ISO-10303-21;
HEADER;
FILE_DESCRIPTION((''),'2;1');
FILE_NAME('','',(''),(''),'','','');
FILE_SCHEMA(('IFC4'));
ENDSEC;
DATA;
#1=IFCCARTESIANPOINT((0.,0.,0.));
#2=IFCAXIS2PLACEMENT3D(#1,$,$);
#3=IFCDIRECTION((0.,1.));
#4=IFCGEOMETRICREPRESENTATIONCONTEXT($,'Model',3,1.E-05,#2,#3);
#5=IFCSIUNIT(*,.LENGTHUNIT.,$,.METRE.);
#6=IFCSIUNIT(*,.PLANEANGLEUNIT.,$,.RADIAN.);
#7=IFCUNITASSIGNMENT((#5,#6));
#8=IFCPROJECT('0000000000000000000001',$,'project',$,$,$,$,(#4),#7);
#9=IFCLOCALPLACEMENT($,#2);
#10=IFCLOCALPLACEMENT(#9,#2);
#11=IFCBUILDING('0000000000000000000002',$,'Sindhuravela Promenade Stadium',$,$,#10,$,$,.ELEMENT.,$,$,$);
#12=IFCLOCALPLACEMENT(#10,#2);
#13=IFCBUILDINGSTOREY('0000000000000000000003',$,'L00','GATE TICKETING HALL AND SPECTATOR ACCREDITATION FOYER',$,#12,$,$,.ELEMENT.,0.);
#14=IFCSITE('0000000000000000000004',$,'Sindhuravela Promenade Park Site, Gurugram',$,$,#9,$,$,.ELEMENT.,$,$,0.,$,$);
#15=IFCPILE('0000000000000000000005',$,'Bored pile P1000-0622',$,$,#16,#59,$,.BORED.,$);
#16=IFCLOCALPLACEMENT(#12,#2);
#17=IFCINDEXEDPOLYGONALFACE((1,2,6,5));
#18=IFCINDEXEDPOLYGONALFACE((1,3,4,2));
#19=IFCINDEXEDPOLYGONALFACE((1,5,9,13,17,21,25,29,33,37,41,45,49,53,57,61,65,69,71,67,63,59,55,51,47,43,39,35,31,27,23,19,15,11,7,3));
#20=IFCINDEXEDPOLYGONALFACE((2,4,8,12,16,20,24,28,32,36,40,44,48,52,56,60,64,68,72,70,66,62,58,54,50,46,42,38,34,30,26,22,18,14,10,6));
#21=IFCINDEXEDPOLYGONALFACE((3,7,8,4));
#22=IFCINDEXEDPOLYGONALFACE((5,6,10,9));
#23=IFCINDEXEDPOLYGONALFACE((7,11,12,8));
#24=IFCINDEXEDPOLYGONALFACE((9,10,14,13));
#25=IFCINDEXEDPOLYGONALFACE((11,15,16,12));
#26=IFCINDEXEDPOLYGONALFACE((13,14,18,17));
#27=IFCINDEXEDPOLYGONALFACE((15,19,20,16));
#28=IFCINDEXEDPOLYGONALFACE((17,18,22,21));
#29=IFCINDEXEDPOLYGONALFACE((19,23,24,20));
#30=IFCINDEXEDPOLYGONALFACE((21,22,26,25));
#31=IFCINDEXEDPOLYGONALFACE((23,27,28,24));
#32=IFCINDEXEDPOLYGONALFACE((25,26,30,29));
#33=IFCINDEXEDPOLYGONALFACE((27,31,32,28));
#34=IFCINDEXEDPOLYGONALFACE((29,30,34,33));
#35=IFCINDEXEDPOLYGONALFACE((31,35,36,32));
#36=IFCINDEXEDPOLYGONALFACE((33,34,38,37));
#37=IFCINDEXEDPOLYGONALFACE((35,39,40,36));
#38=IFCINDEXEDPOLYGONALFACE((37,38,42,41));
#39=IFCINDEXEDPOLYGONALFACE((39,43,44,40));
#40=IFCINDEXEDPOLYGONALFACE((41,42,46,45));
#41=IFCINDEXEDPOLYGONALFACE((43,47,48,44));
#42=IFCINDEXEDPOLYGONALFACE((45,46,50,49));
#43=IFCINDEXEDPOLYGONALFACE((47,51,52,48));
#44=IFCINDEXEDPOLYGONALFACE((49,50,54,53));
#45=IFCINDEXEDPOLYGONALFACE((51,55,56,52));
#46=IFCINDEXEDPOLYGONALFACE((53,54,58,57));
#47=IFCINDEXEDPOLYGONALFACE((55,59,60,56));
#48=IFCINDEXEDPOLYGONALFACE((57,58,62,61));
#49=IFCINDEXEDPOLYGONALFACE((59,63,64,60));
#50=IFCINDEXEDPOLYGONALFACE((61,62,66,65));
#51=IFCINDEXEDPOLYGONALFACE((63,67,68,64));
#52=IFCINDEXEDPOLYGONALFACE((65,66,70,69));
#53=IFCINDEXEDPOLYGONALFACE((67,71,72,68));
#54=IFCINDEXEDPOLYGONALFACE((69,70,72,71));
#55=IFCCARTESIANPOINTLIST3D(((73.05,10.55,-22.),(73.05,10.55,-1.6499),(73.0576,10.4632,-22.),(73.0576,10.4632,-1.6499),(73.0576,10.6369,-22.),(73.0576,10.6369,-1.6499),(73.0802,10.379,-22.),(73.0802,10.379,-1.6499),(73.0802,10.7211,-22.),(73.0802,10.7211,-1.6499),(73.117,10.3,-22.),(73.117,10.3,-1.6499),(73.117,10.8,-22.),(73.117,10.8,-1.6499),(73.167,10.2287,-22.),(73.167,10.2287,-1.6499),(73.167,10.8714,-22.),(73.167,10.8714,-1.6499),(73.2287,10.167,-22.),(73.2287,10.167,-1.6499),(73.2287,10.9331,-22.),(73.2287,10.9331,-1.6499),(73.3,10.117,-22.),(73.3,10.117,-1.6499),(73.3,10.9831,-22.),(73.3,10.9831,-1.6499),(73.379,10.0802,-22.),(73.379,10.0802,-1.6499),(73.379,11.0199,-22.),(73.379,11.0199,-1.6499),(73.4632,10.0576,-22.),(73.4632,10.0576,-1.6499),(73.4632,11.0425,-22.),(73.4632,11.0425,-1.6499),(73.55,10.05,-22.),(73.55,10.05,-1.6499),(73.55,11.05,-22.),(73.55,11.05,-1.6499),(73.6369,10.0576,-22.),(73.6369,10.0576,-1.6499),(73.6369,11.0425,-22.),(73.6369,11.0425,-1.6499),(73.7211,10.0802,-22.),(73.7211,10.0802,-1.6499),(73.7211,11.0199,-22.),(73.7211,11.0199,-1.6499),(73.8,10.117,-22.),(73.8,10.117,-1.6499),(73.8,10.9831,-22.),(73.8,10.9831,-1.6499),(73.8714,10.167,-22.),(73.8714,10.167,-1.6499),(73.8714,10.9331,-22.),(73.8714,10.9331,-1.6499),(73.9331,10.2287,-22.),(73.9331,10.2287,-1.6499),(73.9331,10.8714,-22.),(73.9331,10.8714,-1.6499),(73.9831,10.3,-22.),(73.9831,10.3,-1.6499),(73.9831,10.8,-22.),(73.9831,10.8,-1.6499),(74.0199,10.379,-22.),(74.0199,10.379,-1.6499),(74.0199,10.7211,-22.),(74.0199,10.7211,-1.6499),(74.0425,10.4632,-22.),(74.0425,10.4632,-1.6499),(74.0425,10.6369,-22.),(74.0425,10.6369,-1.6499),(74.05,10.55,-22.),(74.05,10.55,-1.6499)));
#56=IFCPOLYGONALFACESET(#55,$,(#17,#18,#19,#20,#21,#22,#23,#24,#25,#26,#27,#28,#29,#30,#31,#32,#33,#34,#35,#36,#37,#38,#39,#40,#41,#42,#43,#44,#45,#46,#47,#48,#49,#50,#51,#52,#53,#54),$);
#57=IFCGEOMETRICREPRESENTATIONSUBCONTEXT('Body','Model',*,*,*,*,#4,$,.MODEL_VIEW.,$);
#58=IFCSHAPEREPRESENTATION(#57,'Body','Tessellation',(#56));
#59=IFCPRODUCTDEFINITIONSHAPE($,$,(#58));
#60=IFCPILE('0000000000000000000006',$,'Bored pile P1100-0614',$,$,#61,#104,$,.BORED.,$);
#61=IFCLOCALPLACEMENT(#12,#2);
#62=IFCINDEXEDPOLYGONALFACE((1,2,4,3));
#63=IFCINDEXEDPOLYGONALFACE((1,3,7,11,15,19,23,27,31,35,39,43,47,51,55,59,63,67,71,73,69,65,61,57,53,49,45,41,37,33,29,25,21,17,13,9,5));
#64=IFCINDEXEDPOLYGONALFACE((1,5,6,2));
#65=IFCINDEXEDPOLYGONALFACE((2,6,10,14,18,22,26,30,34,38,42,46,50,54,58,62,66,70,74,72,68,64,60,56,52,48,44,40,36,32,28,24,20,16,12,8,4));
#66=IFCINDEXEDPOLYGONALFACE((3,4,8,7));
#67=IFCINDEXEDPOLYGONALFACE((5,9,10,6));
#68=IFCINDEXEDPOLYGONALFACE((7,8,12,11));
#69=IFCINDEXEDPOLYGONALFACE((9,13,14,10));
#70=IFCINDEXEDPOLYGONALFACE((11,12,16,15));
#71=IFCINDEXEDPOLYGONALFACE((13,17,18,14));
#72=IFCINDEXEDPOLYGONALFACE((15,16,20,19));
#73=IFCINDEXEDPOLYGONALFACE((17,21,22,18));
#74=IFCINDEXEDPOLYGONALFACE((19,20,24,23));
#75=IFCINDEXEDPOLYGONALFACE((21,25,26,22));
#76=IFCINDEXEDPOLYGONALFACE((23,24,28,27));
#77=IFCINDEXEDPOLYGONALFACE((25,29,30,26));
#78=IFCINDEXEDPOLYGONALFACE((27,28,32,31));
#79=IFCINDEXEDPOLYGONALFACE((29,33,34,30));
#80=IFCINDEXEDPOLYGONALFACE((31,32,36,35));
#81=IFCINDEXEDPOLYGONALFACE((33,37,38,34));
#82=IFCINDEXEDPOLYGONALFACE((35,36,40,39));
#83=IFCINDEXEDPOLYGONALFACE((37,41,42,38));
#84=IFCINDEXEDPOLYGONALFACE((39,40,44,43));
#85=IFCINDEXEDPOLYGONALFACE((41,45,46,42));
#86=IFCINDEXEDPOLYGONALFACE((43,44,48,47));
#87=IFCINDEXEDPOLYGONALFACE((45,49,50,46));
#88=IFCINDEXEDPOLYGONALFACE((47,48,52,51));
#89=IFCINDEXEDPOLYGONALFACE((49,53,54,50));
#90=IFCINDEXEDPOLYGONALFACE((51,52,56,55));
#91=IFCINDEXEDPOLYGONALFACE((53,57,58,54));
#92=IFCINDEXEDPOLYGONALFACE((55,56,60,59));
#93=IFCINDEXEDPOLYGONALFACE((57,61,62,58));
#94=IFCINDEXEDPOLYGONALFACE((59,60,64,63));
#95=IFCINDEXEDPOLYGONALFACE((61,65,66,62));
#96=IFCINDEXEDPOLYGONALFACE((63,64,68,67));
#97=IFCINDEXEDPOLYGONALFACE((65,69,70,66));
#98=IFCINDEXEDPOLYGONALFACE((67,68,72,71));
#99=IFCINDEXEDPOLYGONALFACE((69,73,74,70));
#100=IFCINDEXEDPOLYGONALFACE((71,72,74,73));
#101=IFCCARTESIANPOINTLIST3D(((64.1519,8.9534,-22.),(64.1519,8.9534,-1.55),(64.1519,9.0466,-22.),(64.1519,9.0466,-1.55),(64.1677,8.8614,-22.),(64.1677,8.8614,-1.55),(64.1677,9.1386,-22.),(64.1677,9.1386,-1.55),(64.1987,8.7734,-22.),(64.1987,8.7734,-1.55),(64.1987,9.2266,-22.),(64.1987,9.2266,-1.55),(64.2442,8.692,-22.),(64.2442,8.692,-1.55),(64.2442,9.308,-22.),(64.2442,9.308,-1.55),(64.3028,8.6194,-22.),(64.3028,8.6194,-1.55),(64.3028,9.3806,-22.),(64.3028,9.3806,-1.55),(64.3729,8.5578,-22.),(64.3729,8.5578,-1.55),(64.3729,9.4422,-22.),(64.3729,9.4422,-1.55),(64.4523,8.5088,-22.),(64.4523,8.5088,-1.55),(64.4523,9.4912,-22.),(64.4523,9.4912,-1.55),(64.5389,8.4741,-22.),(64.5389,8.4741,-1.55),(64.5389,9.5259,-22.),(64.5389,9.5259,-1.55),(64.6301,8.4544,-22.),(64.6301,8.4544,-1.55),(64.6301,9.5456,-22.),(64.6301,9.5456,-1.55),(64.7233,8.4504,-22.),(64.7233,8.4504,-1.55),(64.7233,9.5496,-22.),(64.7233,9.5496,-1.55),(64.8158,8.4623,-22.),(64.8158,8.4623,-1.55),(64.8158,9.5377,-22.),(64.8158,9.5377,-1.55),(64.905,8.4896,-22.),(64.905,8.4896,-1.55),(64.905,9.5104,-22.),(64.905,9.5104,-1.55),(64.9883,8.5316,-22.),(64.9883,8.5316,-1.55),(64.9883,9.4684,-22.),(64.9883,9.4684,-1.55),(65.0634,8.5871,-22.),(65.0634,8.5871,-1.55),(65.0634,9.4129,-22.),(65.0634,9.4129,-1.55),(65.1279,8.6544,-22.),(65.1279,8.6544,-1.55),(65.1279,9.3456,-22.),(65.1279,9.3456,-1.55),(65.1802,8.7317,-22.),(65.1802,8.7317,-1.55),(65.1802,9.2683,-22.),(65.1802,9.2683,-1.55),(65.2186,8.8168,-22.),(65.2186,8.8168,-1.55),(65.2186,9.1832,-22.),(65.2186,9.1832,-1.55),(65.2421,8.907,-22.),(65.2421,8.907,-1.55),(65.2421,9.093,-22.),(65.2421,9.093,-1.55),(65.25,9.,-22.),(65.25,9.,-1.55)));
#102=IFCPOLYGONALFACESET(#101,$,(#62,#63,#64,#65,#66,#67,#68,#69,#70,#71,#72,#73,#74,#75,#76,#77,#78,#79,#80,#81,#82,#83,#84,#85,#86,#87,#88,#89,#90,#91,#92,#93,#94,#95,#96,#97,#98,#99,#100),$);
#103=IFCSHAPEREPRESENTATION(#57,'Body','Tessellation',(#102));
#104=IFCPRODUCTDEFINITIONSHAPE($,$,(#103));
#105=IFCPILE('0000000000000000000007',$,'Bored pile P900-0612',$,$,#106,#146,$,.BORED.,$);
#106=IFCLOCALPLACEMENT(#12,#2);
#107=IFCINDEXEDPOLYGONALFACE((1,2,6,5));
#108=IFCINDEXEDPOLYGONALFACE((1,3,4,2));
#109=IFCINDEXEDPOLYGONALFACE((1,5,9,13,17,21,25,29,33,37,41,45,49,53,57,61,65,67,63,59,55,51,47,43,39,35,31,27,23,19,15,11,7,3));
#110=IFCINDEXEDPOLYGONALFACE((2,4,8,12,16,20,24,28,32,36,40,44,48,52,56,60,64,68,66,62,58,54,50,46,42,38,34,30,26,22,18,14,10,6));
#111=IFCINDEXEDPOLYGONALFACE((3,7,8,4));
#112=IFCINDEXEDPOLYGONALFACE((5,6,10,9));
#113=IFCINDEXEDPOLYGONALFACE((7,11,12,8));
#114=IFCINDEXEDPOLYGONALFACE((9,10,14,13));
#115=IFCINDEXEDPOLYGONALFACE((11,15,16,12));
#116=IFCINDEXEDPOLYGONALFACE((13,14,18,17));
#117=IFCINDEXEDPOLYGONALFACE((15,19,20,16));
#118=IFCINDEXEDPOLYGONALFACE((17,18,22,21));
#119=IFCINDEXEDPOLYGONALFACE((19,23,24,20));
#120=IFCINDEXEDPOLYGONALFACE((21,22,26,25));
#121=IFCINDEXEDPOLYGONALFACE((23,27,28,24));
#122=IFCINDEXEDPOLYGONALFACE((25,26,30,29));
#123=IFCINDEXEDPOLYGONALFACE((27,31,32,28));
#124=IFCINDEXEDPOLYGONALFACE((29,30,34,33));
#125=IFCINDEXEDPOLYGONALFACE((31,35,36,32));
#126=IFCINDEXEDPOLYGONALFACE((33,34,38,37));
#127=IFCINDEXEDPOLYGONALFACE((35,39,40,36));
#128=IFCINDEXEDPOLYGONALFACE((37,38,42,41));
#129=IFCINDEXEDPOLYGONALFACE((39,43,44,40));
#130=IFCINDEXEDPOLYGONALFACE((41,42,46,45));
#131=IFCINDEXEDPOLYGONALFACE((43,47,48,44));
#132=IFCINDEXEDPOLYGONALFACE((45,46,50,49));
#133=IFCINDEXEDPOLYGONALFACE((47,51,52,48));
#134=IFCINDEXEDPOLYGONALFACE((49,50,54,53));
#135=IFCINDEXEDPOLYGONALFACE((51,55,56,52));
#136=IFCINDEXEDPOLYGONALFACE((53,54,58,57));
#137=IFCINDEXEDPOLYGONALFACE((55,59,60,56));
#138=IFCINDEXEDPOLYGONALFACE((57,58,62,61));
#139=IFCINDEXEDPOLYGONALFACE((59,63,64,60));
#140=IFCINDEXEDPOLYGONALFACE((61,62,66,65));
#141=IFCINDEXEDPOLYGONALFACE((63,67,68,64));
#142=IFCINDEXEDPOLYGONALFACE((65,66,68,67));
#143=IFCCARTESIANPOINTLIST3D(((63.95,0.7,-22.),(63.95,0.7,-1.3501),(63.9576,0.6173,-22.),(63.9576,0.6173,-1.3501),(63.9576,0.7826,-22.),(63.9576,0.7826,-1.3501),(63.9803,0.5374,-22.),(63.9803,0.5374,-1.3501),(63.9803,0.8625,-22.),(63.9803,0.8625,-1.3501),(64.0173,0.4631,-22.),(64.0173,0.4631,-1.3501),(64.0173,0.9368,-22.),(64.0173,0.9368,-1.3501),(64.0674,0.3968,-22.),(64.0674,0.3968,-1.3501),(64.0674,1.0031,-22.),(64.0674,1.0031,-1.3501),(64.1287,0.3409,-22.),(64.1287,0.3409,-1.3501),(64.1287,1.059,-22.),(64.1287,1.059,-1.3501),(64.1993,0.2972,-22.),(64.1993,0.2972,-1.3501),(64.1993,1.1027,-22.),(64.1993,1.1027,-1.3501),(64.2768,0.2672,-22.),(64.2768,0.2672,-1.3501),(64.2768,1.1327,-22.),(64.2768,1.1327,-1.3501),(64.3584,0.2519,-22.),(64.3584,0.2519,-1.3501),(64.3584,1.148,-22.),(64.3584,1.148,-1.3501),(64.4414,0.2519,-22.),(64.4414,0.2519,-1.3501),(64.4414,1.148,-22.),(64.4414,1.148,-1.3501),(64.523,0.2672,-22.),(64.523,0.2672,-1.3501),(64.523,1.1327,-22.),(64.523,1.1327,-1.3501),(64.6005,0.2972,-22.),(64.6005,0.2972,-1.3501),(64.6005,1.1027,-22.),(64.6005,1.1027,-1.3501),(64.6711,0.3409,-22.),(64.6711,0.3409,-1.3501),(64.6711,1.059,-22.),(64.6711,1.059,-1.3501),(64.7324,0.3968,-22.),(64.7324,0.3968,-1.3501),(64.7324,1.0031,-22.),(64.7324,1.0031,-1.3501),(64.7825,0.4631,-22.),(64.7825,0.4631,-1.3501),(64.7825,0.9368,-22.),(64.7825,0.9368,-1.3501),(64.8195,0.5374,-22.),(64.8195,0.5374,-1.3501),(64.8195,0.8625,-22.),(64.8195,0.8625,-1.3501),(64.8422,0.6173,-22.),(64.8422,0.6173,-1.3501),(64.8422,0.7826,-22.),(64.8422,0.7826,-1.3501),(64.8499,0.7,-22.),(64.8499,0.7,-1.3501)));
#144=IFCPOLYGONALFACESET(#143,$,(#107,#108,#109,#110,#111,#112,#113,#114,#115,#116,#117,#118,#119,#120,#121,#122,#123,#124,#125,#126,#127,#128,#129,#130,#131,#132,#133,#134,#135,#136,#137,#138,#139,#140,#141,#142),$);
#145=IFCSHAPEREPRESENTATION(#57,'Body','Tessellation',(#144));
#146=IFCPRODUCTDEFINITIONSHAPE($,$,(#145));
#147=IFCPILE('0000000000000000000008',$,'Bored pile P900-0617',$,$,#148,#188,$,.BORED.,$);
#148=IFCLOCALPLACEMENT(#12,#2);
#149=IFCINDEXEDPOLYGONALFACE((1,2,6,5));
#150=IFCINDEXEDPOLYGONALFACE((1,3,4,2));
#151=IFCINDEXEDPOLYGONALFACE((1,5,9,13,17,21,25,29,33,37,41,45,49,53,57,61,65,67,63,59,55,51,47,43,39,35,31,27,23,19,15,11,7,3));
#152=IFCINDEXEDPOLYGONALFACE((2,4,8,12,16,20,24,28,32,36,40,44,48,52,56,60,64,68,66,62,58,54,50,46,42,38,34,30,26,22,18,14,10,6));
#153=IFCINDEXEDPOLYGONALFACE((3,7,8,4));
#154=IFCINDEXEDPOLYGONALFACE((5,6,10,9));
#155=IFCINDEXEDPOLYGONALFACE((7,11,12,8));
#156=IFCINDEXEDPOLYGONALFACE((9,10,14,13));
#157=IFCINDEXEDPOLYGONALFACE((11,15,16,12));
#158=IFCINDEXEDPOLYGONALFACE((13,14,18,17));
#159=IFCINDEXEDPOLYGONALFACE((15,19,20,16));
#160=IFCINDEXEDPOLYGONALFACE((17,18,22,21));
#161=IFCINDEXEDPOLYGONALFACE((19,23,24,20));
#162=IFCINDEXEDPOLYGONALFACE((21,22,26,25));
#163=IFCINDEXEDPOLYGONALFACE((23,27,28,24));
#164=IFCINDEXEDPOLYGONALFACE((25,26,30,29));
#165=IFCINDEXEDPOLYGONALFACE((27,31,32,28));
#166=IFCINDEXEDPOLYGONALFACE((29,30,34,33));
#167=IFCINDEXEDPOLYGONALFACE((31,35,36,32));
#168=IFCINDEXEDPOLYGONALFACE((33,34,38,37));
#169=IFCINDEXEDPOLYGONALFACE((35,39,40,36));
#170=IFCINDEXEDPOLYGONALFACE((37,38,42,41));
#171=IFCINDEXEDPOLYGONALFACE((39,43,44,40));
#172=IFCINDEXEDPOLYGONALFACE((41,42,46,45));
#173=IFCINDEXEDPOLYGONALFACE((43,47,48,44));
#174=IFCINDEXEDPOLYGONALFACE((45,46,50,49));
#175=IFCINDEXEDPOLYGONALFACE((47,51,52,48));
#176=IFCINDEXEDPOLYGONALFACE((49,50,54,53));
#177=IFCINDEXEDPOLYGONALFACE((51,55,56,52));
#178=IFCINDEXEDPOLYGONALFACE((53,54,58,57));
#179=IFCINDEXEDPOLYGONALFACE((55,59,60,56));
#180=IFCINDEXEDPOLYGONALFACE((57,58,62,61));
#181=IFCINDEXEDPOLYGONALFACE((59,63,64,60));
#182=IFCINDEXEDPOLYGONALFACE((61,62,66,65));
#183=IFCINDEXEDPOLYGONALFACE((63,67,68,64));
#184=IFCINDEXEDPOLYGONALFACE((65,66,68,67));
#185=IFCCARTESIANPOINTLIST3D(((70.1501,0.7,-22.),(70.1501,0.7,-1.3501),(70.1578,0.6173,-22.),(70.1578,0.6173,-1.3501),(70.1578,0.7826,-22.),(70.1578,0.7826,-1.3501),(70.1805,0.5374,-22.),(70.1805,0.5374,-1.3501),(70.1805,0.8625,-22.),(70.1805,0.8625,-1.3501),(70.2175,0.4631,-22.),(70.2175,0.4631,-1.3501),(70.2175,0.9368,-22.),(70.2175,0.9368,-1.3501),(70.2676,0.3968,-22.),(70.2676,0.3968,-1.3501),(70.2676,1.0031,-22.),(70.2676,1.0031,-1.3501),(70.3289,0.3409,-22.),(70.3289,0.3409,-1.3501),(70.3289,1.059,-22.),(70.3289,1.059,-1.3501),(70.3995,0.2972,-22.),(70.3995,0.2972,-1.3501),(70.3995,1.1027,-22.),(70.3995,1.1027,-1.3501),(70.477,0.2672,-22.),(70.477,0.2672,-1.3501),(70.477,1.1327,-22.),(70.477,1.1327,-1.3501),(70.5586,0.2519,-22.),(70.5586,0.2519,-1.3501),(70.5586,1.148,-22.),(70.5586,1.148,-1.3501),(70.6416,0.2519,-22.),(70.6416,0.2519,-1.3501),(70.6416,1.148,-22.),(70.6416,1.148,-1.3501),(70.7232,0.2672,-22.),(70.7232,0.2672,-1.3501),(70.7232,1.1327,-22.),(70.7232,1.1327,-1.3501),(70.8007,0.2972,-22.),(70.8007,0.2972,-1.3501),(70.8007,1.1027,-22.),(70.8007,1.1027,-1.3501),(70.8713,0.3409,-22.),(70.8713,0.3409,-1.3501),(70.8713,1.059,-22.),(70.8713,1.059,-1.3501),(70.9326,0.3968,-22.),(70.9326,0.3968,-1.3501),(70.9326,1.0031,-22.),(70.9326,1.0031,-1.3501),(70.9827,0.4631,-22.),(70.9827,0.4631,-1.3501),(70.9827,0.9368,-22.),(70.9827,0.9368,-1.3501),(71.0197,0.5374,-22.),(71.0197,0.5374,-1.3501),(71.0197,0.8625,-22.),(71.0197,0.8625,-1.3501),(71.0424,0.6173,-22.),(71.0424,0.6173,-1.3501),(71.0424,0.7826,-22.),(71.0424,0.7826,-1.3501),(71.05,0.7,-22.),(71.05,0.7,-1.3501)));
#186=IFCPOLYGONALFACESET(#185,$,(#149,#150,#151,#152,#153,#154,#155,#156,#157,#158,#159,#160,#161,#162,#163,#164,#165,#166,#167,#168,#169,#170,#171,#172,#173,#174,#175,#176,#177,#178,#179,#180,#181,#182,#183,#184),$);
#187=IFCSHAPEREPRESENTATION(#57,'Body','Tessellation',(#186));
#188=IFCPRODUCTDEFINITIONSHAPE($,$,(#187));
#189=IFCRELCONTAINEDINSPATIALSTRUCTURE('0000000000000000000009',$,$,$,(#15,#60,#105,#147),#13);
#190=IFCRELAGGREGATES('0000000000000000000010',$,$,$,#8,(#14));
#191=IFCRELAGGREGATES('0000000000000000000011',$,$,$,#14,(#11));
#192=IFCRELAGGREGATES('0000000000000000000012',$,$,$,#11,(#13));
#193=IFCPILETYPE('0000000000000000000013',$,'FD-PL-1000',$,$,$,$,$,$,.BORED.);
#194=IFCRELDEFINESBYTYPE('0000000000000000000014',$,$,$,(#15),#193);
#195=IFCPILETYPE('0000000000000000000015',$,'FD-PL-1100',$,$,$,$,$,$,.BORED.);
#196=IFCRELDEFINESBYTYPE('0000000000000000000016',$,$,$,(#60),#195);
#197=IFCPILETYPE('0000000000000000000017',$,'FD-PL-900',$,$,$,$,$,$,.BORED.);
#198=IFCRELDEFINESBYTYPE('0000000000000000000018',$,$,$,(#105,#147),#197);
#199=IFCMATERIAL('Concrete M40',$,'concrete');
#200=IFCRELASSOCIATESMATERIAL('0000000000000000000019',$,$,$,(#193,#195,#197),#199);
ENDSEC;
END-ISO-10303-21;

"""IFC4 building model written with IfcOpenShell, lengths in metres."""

from ifc_helpers import new_model, si_unit, direction, frame, origin, origin_2d, place, context, subcontext, project, spatial, circle, extrude, material, material_profile, profile_set, type_object, element, save


model = new_model("IFC4")

# Units and contexts
model_context = context("Model", 3, precision=1e-05, world=origin(), true_north=direction((0.0, 1.0)))
body_context = subcontext(model_context, "Body", "Model", "MODEL_VIEW")
ifc_project = project(units=[si_unit("LENGTHUNIT", "METRE"), si_unit("PLANEANGLEUNIT", "RADIAN")], contexts=[model_context])

# Site, building, storey
site_placement = place(None, origin())
site = spatial("IfcSite", under=ifc_project, at=site_placement, Name="Sindhuravela Promenade Park Site, Gurugram", CompositionType="ELEMENT", RefElevation=0.0)
building_placement = place(site_placement, origin())
building = spatial("IfcBuilding", under=site, at=building_placement, Name="Sindhuravela Promenade Stadium", CompositionType="ELEMENT")
storey_placement = place(building_placement, origin())
storey = spatial("IfcBuildingStorey", under=building, at=storey_placement, Name="L00", Description="GATE TICKETING HALL AND SPECTATOR ACCREDITATION FOYER", CompositionType="ELEMENT", Elevation=0.0)

# Piles
ifc_material_1 = material(Name="Concrete M40", Category="concrete")
ifc_material_profile_1 = material_profile(ifc_material_1, circle(Radius=0.5, at=origin_2d()), Name="BORED PILE D1000")
ifc_profile_set_1 = profile_set([ifc_material_profile_1], Name="Concrete M40")
pile_type_1 = type_object("IfcPileType", Name="FD-PL-1000", PredefinedType="BORED", material=ifc_profile_set_1)
for number, where, z_axis, x_axis, name in (
    (1, (73.55, 10.55, -1.6499), (0.0, 0.0, -1.0), (1.0, 0.0, 0.0), "Bored pile P1000-0622"),
):
    element("IfcPile", number, at=place(storey_placement, frame(where, z_axis=z_axis, x_axis=x_axis)), inside=storey, type_object=pile_type_1, Name=name, PredefinedType="BORED", context=body_context, shape_type="SweptSolid", body=[
        extrude(circle(Radius=0.5, at=origin_2d()), origin(), (0.0, 0.0, 1.0), 20.3501),
    ])
ifc_material_profile_2 = material_profile(ifc_material_1, circle(Radius=0.55, at=origin_2d()), Name="BORED PILE D1100")
ifc_profile_set_2 = profile_set([ifc_material_profile_2], Name="Concrete M40")
pile_type_2 = type_object("IfcPileType", Name="FD-PL-1100", PredefinedType="BORED", material=ifc_profile_set_2)
pile_placement = place(storey_placement, frame((64.7, 9.0, -1.55), z_axis=(0.0, 0.0, -1.0), x_axis=(1.0, 0.0, 0.0)))
element("IfcPile", 2, at=pile_placement, inside=storey, type_object=pile_type_2, Name="Bored pile P1100-0614", PredefinedType="BORED", context=body_context, shape_type="SweptSolid", body=[
    extrude(circle(Radius=0.55, at=origin_2d()), origin(), (0.0, 0.0, 1.0), 20.45),
])
ifc_material_profile_3 = material_profile(ifc_material_1, circle(Radius=0.45, at=origin_2d()), Name="BORED PILE D900")
ifc_profile_set_3 = profile_set([ifc_material_profile_3], Name="Concrete M40")
pile_type_3 = type_object("IfcPileType", Name="FD-PL-900", PredefinedType="BORED", material=ifc_profile_set_3)
for number, where, z_axis, x_axis, name in (
    (3, (64.3999, 0.7, -1.3501), (0.0, 0.0, -1.0), (1.0, 0.0, 0.0), "Bored pile P900-0612"),
    (4, (70.6001, 0.7, -1.3501), (0.0, 0.0, -1.0), (1.0, 0.0, 0.0), "Bored pile P900-0617"),
):
    element("IfcPile", number, at=place(storey_placement, frame(where, z_axis=z_axis, x_axis=x_axis)), inside=storey, type_object=pile_type_3, Name=name, PredefinedType="BORED", context=body_context, shape_type="SweptSolid", body=[
        extrude(circle(Radius=0.45, at=origin_2d()), origin(), (0.0, 0.0, 1.0), 20.6499),
    ])

save(model, "model.ifc")
